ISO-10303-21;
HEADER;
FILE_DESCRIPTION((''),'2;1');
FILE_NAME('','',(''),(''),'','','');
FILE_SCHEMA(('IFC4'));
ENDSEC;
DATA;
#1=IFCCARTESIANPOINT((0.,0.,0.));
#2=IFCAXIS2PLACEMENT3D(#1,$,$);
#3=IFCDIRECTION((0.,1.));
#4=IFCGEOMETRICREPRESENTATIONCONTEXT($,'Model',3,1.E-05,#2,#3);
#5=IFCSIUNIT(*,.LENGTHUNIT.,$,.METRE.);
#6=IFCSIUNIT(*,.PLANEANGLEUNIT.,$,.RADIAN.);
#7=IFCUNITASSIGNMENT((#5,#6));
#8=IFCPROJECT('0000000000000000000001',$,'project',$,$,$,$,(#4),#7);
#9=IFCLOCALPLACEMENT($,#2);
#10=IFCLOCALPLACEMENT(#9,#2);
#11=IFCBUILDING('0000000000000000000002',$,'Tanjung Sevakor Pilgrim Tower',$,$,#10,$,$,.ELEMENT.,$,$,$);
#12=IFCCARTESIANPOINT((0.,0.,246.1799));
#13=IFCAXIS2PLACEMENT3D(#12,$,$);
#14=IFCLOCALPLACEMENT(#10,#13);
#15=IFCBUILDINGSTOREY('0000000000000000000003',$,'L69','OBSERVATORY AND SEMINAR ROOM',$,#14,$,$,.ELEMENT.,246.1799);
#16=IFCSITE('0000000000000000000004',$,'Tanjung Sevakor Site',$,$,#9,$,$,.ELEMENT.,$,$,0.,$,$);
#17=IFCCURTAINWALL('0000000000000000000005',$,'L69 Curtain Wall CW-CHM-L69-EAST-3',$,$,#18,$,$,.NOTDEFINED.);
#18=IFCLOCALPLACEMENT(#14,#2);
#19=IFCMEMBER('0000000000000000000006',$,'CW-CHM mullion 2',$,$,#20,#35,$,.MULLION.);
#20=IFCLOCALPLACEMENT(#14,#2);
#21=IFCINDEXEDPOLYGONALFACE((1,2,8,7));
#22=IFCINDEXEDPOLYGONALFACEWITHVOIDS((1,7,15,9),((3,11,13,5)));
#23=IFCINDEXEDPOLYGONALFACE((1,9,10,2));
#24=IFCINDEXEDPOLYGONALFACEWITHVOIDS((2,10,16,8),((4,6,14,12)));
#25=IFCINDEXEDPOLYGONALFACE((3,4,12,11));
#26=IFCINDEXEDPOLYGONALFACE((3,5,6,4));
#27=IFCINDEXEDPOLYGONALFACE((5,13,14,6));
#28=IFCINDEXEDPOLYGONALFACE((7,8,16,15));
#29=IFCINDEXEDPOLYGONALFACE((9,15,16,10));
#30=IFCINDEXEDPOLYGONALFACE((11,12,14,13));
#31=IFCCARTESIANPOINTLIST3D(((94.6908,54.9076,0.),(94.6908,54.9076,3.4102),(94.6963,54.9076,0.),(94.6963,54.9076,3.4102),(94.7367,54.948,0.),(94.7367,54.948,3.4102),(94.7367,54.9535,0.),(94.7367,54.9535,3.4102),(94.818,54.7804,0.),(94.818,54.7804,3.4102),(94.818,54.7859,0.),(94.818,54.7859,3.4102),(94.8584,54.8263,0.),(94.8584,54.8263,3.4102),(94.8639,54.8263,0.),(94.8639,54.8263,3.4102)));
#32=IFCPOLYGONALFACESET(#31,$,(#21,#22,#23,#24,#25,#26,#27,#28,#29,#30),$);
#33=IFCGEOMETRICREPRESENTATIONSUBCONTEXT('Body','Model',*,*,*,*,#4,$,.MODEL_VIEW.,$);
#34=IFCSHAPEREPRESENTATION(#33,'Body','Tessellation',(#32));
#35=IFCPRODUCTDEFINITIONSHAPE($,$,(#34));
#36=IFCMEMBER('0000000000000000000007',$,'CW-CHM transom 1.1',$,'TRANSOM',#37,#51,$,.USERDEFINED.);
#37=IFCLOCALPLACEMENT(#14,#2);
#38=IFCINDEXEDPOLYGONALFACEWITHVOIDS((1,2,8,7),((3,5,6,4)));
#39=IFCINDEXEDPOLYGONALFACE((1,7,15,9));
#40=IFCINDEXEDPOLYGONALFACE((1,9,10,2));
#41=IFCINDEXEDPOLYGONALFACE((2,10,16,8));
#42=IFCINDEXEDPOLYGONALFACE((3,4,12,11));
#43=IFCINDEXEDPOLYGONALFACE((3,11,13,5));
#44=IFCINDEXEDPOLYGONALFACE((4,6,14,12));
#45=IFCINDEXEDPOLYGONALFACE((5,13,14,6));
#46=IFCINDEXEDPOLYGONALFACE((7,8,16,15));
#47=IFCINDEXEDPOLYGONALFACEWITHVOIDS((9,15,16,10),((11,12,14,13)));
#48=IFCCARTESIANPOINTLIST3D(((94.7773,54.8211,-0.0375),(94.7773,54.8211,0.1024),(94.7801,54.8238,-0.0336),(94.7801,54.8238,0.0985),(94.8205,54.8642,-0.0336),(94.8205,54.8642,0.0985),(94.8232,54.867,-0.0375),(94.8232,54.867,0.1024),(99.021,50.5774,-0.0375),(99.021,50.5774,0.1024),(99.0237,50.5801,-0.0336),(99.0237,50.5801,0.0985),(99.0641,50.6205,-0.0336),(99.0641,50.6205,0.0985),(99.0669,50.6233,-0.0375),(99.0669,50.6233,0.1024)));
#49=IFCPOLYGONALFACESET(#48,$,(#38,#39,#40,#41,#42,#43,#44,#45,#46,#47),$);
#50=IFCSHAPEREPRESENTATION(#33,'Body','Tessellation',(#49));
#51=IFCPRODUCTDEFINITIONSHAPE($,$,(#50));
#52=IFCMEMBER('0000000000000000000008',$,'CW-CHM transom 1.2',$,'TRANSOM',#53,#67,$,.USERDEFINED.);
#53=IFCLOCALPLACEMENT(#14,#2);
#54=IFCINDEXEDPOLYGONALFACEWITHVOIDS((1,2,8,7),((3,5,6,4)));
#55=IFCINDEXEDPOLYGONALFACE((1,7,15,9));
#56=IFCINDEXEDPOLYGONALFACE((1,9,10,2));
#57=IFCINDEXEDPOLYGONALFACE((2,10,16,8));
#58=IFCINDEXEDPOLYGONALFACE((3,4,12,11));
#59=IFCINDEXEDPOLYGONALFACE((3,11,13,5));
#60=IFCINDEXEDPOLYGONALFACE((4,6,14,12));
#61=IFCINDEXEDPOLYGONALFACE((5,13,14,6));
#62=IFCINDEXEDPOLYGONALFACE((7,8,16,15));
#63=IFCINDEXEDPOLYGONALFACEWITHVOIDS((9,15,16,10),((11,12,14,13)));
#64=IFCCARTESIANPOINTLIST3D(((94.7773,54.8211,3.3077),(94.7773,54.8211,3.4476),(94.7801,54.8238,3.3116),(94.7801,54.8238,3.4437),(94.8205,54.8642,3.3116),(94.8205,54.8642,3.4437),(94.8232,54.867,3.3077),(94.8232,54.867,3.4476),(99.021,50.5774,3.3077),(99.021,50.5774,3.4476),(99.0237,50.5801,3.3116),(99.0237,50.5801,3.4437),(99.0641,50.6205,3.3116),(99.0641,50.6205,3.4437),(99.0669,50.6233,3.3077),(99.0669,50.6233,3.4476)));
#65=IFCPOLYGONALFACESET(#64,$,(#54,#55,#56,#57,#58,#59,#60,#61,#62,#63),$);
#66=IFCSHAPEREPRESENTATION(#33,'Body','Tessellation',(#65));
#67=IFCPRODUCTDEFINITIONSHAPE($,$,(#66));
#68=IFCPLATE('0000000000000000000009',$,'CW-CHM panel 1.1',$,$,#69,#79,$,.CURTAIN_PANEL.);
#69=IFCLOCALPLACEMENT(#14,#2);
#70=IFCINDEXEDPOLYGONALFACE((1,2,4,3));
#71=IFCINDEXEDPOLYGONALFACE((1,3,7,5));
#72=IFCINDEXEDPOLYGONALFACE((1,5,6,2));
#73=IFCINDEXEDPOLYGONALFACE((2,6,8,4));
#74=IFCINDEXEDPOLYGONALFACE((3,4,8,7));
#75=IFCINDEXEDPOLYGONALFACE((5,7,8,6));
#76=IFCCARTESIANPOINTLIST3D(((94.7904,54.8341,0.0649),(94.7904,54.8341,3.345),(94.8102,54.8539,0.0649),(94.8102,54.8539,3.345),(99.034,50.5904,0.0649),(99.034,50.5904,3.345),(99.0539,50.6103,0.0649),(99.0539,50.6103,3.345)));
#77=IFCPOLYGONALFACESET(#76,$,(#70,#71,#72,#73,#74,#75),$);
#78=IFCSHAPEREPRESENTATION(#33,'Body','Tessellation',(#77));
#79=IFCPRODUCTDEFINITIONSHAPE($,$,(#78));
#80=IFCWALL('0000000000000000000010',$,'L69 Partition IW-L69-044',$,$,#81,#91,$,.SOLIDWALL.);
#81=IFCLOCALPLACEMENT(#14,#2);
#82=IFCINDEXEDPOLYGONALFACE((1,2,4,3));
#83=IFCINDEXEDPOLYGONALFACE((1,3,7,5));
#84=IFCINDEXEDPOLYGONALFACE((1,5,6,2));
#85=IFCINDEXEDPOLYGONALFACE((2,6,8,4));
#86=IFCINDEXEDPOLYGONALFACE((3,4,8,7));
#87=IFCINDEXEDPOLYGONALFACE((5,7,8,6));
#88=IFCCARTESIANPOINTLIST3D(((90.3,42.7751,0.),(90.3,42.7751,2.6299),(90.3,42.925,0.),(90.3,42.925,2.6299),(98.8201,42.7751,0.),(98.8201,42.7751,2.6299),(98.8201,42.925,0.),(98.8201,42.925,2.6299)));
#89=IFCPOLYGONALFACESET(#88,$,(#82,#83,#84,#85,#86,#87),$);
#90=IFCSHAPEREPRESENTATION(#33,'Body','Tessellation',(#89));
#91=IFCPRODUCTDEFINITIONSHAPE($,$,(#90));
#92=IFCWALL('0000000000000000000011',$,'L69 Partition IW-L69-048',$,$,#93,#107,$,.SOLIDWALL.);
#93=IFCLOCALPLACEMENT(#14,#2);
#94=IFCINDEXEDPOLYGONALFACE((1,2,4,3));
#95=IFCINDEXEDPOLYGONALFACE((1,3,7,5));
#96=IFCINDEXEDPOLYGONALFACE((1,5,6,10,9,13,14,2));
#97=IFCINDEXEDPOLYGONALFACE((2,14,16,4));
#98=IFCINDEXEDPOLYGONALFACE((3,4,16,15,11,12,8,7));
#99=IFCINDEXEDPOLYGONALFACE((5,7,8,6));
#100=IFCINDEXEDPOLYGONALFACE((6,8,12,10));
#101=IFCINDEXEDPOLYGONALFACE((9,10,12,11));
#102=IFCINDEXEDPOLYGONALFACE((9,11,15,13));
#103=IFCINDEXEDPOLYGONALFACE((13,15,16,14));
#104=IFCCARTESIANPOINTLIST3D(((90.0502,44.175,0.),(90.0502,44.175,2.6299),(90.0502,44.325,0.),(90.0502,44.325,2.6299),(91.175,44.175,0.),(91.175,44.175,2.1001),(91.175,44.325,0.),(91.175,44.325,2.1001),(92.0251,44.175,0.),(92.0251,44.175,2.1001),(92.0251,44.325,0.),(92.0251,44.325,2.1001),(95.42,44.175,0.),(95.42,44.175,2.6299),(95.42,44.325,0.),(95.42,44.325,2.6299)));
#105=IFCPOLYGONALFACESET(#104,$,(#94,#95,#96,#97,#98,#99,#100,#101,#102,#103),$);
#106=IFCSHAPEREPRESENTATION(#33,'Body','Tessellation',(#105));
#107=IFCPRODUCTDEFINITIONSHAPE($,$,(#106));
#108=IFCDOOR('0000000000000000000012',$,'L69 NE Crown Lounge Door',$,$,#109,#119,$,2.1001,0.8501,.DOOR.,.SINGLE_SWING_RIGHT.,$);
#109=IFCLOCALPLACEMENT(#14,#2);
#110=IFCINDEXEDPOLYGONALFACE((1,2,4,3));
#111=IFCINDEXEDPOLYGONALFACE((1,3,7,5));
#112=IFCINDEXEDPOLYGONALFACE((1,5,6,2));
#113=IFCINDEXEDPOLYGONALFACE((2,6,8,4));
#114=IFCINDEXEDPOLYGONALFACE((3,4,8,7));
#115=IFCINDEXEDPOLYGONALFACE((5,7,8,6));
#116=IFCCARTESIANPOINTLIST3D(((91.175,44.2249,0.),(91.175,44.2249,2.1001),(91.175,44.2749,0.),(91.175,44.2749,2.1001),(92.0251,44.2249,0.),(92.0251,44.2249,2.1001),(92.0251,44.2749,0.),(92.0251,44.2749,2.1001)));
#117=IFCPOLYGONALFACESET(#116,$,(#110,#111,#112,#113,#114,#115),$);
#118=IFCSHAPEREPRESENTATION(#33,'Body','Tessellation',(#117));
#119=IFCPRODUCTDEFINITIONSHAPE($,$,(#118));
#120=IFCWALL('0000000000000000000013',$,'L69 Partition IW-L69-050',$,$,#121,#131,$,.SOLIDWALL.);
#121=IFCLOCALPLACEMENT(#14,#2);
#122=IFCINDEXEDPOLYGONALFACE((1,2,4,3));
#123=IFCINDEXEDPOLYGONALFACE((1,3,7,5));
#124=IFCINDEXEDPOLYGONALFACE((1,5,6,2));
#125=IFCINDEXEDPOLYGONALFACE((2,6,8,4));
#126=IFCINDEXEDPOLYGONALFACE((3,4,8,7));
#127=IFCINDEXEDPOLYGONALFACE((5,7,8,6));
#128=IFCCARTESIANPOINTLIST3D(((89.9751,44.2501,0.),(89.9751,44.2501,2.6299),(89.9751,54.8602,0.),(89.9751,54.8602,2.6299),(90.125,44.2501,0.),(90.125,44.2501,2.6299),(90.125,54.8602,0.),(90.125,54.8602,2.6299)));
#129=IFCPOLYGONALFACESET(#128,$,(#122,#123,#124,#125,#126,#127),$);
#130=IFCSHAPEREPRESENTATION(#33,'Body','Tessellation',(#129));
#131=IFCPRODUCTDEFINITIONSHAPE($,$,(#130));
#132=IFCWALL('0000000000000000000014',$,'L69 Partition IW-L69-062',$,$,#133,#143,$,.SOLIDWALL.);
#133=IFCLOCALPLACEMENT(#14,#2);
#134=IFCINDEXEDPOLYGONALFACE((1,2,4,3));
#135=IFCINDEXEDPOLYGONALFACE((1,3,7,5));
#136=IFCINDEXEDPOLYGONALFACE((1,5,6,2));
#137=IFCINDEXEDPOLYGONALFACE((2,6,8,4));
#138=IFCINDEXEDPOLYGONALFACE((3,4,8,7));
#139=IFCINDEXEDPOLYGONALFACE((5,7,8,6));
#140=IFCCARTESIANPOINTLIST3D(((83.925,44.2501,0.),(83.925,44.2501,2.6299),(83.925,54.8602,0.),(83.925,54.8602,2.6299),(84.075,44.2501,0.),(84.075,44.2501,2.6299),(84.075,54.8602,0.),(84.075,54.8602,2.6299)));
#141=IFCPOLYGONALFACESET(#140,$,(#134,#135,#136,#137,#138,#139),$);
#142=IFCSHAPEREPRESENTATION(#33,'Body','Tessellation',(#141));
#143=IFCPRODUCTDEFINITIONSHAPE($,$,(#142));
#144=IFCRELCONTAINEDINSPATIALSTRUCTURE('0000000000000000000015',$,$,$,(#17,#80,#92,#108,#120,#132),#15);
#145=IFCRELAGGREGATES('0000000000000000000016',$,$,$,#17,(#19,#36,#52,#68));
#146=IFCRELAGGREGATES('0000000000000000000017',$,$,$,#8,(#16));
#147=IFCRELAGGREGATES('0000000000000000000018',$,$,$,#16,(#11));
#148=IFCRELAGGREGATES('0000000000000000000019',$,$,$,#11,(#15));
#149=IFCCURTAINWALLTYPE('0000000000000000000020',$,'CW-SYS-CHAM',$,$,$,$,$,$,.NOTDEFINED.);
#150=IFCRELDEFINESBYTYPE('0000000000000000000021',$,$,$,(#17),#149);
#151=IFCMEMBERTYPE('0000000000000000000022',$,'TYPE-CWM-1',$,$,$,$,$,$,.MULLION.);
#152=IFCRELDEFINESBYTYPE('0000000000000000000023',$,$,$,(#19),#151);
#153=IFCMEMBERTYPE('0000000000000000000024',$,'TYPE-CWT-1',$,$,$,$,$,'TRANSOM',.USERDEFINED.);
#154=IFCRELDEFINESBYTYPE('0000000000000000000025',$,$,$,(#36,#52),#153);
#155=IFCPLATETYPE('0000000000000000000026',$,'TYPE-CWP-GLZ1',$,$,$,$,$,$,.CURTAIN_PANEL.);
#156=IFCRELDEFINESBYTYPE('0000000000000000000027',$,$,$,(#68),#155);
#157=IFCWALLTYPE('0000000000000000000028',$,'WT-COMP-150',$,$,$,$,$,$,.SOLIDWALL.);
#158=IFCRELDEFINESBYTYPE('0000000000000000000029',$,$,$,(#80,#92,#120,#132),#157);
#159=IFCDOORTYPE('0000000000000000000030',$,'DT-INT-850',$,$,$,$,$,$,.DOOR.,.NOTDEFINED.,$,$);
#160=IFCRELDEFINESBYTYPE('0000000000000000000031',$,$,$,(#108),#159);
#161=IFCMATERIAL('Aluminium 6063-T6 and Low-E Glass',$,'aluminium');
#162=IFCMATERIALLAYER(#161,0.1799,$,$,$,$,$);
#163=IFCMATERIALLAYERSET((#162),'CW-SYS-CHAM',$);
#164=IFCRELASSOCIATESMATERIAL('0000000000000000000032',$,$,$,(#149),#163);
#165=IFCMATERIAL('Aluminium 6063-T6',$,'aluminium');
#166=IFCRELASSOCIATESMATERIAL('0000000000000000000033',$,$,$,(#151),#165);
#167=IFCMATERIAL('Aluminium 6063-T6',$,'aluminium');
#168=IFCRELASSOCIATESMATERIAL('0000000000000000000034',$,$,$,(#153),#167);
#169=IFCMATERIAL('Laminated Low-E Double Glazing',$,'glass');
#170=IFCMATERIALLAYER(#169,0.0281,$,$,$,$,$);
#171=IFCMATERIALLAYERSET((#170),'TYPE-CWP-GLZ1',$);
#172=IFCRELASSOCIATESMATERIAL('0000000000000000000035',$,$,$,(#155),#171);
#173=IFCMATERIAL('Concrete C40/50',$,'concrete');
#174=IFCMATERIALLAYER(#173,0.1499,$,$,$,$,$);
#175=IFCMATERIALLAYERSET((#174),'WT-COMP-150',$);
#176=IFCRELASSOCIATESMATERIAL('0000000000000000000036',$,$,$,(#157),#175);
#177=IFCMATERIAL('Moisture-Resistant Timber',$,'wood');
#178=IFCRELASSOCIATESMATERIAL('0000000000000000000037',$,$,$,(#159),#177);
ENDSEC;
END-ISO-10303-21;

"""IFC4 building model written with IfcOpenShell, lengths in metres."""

from ifc_helpers import new_model, si_unit, direction, frame, frame_2d, origin, origin_2d, place, context, subcontext, project, spatial, rectangle, hollow_rectangle, extrude, material, layer, layer_set, material_profile, profile_set, type_object, element, fill, aggregate, save


model = new_model("IFC4")

# Units and contexts
model_context = context("Model", 3, precision=1e-05, world=origin(), true_north=direction((0.0, 1.0)))
body_context = subcontext(model_context, "Body", "Model", "MODEL_VIEW")
ifc_project = project(units=[si_unit("LENGTHUNIT", "METRE"), si_unit("PLANEANGLEUNIT", "RADIAN")], contexts=[model_context])

# Site, building, storey
site_placement = place(None, origin())
site = spatial("IfcSite", under=ifc_project, at=site_placement, Name="Tanjung Sevakor Site", CompositionType="ELEMENT", RefElevation=0.0)
building_placement = place(site_placement, origin())
building = spatial("IfcBuilding", under=site, at=building_placement, Name="Tanjung Sevakor Pilgrim Tower", CompositionType="ELEMENT")
storey_placement = place(building_placement, frame((0.0, 0.0, 246.1799)))
storey = spatial("IfcBuildingStorey", under=building, at=storey_placement, Name="L69", Description="OBSERVATORY AND SEMINAR ROOM", CompositionType="ELEMENT", Elevation=246.1799)

# Curtain wall, members, plate
ifc_material_1 = material(Name="Aluminium 6063-T6 and Low-E Glass", Category="aluminium")
ifc_layer_1 = layer(ifc_material_1, 0.1799)
ifc_layer_set_1 = layer_set([ifc_layer_1], Name="CW-SYS-CHAM")
curtain_wall_type = type_object("IfcCurtainWallType", Name="CW-SYS-CHAM", PredefinedType="NOTDEFINED", material=ifc_layer_set_1)
curtain_wall_placement = place(storey_placement, origin())
curtain_wall = element("IfcCurtainWall", 1, at=curtain_wall_placement, inside=storey, type_object=curtain_wall_type, Name="L69 Curtain Wall CW-CHM-L69-EAST-3", PredefinedType="NOTDEFINED")
ifc_material_2 = material(Name="Aluminium 6063-T6", Category="aluminium")
ifc_material_profile_1 = material_profile(ifc_material_2, hollow_rectangle(XDim=0.0649, YDim=0.1799, WallThickness=0.0039, at=origin_2d()))
ifc_profile_set_1 = profile_set([ifc_material_profile_1], Name="Aluminium 6063-T6")
member_type_1 = type_object("IfcMemberType", Name="TYPE-CWM-1", PredefinedType="MULLION", material=ifc_profile_set_1)
member_1_placement = place(storey_placement, frame((94.7773, 54.8669, 0.0), z_axis=(0.0, 0.0, 1.0), x_axis=(-0.707107, -0.707107, 0.0)))
member_1 = element("IfcMember", 2, at=member_1_placement, type_object=member_type_1, Name="CW-CHM mullion 2", PredefinedType="MULLION", context=body_context, shape_type="SweptSolid", body=[
    extrude(hollow_rectangle(XDim=0.0649, YDim=0.1799, WallThickness=0.0039, at=origin_2d()), origin(), (0.0, 0.0, 1.0), 3.4102),
])
ifc_material_3 = material(Name="Aluminium 6063-T6", Category="aluminium")
ifc_material_profile_2 = material_profile(ifc_material_3, hollow_rectangle(XDim=0.0649, YDim=0.1399, WallThickness=0.0039, at=origin_2d()))
ifc_profile_set_2 = profile_set([ifc_material_profile_2], Name="Aluminium 6063-T6")
member_type_2 = type_object("IfcMemberType", Name="TYPE-CWT-1", ElementType="TRANSOM", PredefinedType="USERDEFINED", material=ifc_profile_set_2)
member_2_placement = place(storey_placement, frame((99.0439, 50.6003, 0.0325), z_axis=(-0.707107, 0.707107, 0.0), x_axis=(-0.707107, -0.707107, 0.0)))
member_2 = element("IfcMember", 3, at=member_2_placement, type_object=member_type_2, Name="CW-CHM transom 1.1", ObjectType="TRANSOM", PredefinedType="USERDEFINED", context=body_context, shape_type="SweptSolid", body=[
    extrude(hollow_rectangle(XDim=0.0649, YDim=0.1399, WallThickness=0.0039, at=origin_2d()), origin(), (0.0, 0.0, 1.0), 6.0015),
])
member_3_placement = place(storey_placement, frame((99.0439, 50.6003, 3.3777), z_axis=(-0.707107, 0.707107, 0.0), x_axis=(-0.707107, -0.707107, 0.0)))
member_3 = element("IfcMember", 4, at=member_3_placement, type_object=member_type_2, Name="CW-CHM transom 1.2", ObjectType="TRANSOM", PredefinedType="USERDEFINED", context=body_context, shape_type="SweptSolid", body=[
    extrude(hollow_rectangle(XDim=0.0649, YDim=0.1399, WallThickness=0.0039, at=origin_2d()), origin(), (0.0, 0.0, 1.0), 6.0015),
])
ifc_material_4 = material(Name="Laminated Low-E Double Glazing", Category="glass")
ifc_layer_2 = layer(ifc_material_4, 0.0281)
ifc_layer_set_2 = layer_set([ifc_layer_2], Name="TYPE-CWP-GLZ1")
plate_type = type_object("IfcPlateType", Name="TYPE-CWP-GLZ1", PredefinedType="CURTAIN_PANEL", material=ifc_layer_set_2)
plate_placement = place(storey_placement, frame((96.9221, 52.7222, 0.0649), z_axis=(0.0, 0.0, 1.0), x_axis=(-0.707107, 0.707107, 0.0)))
plate = element("IfcPlate", 5, at=plate_placement, type_object=plate_type, Name="CW-CHM panel 1.1", PredefinedType="CURTAIN_PANEL", context=body_context, shape_type="SweptSolid", body=[
    extrude(rectangle(XDim=6.0015, YDim=0.0281, at=origin_2d()), origin(), (0.0, 0.0, 1.0), 3.28),
])
aggregate(curtain_wall, [member_1, member_2, member_3, plate])

# Wall
ifc_material_5 = material(Name="Concrete C40/50", Category="concrete")
ifc_layer_3 = layer(ifc_material_5, 0.1499)
ifc_layer_set_3 = layer_set([ifc_layer_3], Name="WT-COMP-150")
wall_type_1 = type_object("IfcWallType", Name="WT-COMP-150", PredefinedType="SOLIDWALL", material=ifc_layer_set_3)
wall_1_placement = place(storey_placement, frame((90.3, 42.8501, 0.0), z_axis=(0.0, 0.0, 1.0), x_axis=(1.0, 0.0, 0.0)))
element("IfcWall", 6, at=wall_1_placement, inside=storey, type_object=wall_type_1, Name="L69 Partition IW-L69-044", PredefinedType="SOLIDWALL", context=body_context, shape_type="SweptSolid", body=[
    extrude(rectangle(XDim=8.52, YDim=0.1499, at=frame_2d((4.26, 0.0))), origin(), (0.0, 0.0, 1.0), 2.6299),
])

# Wall, opening, door
wall_2_placement = place(storey_placement, frame((90.05, 44.25, 0.0), z_axis=(0.0, 0.0, 1.0), x_axis=(1.0, 0.0, 0.0)))
wall_2 = element("IfcWall", 7, at=wall_2_placement, inside=storey, type_object=wall_type_1, Name="L69 Partition IW-L69-048", PredefinedType="SOLIDWALL", context=body_context, shape_type="SweptSolid", body=[
    extrude(rectangle(XDim=5.3699, YDim=0.1499, at=frame_2d((2.6851, 0.0))), origin(), (0.0, 0.0, 1.0), 2.6299),
])
opening_1_placement = place(wall_2_placement, frame((1.125, 0.0, 0.0)))
opening_1 = element("IfcOpeningElement", 8, at=opening_1_placement, cuts=wall_2, PredefinedType="OPENING", context=body_context, shape_type="SweptSolid", body=[
    extrude(rectangle(XDim=0.8501, YDim=2.1001, at=frame_2d((0.425, 1.05))), frame((0.0, 0.085, 0.0), z_axis=(0.0, -1.0, 0.0), x_axis=(1.0, 0.0, 0.0)), (0.0, 0.0, 1.0), 0.1699),
])
ifc_material_6 = material(Name="Moisture-Resistant Timber", Category="wood")
door_type_1 = type_object("IfcDoorType", Name="DT-INT-850", OperationType="NOTDEFINED", PredefinedType="DOOR", material=ifc_material_6)
door_1_placement = place(opening_1_placement, origin())
door_1 = element("IfcDoor", 9, at=door_1_placement, inside=storey, type_object=door_type_1, Name="L69 NE Crown Lounge Door", OperationType="SINGLE_SWING_RIGHT", OverallHeight=2.1001, OverallWidth=0.8501, PredefinedType="DOOR", context=body_context, shape_type="SweptSolid", body=[
    extrude(rectangle(XDim=0.8501, YDim=2.1001, at=frame_2d((0.425, 1.05))), frame((0.0, 0.0249, 0.0), z_axis=(0.0, -1.0, 0.0), x_axis=(1.0, 0.0, 0.0)), (0.0, 0.0, 1.0), 0.05),
])
fill(opening_1, door_1)

# Walls
for number, where, z_axis, x_axis, name in (
    (10, (90.05, 44.25, 0.0), (0.0, 0.0, 1.0), (0.0, 1.0, 0.0), "L69 Partition IW-L69-050"),
    (11, (84.0, 44.25, 0.0), (0.0, 0.0, 1.0), (0.0, 1.0, 0.0), "L69 Partition IW-L69-062"),
):
    element("IfcWall", number, at=place(storey_placement, frame(where, z_axis=z_axis, x_axis=x_axis)), inside=storey, type_object=wall_type_1, Name=name, PredefinedType="SOLIDWALL", context=body_context, shape_type="SweptSolid", body=[
        extrude(rectangle(XDim=10.6101, YDim=0.1499, at=frame_2d((5.3052, 0.0))), origin(), (0.0, 0.0, 1.0), 2.6299),
    ])

save(model, "model.ifc")
